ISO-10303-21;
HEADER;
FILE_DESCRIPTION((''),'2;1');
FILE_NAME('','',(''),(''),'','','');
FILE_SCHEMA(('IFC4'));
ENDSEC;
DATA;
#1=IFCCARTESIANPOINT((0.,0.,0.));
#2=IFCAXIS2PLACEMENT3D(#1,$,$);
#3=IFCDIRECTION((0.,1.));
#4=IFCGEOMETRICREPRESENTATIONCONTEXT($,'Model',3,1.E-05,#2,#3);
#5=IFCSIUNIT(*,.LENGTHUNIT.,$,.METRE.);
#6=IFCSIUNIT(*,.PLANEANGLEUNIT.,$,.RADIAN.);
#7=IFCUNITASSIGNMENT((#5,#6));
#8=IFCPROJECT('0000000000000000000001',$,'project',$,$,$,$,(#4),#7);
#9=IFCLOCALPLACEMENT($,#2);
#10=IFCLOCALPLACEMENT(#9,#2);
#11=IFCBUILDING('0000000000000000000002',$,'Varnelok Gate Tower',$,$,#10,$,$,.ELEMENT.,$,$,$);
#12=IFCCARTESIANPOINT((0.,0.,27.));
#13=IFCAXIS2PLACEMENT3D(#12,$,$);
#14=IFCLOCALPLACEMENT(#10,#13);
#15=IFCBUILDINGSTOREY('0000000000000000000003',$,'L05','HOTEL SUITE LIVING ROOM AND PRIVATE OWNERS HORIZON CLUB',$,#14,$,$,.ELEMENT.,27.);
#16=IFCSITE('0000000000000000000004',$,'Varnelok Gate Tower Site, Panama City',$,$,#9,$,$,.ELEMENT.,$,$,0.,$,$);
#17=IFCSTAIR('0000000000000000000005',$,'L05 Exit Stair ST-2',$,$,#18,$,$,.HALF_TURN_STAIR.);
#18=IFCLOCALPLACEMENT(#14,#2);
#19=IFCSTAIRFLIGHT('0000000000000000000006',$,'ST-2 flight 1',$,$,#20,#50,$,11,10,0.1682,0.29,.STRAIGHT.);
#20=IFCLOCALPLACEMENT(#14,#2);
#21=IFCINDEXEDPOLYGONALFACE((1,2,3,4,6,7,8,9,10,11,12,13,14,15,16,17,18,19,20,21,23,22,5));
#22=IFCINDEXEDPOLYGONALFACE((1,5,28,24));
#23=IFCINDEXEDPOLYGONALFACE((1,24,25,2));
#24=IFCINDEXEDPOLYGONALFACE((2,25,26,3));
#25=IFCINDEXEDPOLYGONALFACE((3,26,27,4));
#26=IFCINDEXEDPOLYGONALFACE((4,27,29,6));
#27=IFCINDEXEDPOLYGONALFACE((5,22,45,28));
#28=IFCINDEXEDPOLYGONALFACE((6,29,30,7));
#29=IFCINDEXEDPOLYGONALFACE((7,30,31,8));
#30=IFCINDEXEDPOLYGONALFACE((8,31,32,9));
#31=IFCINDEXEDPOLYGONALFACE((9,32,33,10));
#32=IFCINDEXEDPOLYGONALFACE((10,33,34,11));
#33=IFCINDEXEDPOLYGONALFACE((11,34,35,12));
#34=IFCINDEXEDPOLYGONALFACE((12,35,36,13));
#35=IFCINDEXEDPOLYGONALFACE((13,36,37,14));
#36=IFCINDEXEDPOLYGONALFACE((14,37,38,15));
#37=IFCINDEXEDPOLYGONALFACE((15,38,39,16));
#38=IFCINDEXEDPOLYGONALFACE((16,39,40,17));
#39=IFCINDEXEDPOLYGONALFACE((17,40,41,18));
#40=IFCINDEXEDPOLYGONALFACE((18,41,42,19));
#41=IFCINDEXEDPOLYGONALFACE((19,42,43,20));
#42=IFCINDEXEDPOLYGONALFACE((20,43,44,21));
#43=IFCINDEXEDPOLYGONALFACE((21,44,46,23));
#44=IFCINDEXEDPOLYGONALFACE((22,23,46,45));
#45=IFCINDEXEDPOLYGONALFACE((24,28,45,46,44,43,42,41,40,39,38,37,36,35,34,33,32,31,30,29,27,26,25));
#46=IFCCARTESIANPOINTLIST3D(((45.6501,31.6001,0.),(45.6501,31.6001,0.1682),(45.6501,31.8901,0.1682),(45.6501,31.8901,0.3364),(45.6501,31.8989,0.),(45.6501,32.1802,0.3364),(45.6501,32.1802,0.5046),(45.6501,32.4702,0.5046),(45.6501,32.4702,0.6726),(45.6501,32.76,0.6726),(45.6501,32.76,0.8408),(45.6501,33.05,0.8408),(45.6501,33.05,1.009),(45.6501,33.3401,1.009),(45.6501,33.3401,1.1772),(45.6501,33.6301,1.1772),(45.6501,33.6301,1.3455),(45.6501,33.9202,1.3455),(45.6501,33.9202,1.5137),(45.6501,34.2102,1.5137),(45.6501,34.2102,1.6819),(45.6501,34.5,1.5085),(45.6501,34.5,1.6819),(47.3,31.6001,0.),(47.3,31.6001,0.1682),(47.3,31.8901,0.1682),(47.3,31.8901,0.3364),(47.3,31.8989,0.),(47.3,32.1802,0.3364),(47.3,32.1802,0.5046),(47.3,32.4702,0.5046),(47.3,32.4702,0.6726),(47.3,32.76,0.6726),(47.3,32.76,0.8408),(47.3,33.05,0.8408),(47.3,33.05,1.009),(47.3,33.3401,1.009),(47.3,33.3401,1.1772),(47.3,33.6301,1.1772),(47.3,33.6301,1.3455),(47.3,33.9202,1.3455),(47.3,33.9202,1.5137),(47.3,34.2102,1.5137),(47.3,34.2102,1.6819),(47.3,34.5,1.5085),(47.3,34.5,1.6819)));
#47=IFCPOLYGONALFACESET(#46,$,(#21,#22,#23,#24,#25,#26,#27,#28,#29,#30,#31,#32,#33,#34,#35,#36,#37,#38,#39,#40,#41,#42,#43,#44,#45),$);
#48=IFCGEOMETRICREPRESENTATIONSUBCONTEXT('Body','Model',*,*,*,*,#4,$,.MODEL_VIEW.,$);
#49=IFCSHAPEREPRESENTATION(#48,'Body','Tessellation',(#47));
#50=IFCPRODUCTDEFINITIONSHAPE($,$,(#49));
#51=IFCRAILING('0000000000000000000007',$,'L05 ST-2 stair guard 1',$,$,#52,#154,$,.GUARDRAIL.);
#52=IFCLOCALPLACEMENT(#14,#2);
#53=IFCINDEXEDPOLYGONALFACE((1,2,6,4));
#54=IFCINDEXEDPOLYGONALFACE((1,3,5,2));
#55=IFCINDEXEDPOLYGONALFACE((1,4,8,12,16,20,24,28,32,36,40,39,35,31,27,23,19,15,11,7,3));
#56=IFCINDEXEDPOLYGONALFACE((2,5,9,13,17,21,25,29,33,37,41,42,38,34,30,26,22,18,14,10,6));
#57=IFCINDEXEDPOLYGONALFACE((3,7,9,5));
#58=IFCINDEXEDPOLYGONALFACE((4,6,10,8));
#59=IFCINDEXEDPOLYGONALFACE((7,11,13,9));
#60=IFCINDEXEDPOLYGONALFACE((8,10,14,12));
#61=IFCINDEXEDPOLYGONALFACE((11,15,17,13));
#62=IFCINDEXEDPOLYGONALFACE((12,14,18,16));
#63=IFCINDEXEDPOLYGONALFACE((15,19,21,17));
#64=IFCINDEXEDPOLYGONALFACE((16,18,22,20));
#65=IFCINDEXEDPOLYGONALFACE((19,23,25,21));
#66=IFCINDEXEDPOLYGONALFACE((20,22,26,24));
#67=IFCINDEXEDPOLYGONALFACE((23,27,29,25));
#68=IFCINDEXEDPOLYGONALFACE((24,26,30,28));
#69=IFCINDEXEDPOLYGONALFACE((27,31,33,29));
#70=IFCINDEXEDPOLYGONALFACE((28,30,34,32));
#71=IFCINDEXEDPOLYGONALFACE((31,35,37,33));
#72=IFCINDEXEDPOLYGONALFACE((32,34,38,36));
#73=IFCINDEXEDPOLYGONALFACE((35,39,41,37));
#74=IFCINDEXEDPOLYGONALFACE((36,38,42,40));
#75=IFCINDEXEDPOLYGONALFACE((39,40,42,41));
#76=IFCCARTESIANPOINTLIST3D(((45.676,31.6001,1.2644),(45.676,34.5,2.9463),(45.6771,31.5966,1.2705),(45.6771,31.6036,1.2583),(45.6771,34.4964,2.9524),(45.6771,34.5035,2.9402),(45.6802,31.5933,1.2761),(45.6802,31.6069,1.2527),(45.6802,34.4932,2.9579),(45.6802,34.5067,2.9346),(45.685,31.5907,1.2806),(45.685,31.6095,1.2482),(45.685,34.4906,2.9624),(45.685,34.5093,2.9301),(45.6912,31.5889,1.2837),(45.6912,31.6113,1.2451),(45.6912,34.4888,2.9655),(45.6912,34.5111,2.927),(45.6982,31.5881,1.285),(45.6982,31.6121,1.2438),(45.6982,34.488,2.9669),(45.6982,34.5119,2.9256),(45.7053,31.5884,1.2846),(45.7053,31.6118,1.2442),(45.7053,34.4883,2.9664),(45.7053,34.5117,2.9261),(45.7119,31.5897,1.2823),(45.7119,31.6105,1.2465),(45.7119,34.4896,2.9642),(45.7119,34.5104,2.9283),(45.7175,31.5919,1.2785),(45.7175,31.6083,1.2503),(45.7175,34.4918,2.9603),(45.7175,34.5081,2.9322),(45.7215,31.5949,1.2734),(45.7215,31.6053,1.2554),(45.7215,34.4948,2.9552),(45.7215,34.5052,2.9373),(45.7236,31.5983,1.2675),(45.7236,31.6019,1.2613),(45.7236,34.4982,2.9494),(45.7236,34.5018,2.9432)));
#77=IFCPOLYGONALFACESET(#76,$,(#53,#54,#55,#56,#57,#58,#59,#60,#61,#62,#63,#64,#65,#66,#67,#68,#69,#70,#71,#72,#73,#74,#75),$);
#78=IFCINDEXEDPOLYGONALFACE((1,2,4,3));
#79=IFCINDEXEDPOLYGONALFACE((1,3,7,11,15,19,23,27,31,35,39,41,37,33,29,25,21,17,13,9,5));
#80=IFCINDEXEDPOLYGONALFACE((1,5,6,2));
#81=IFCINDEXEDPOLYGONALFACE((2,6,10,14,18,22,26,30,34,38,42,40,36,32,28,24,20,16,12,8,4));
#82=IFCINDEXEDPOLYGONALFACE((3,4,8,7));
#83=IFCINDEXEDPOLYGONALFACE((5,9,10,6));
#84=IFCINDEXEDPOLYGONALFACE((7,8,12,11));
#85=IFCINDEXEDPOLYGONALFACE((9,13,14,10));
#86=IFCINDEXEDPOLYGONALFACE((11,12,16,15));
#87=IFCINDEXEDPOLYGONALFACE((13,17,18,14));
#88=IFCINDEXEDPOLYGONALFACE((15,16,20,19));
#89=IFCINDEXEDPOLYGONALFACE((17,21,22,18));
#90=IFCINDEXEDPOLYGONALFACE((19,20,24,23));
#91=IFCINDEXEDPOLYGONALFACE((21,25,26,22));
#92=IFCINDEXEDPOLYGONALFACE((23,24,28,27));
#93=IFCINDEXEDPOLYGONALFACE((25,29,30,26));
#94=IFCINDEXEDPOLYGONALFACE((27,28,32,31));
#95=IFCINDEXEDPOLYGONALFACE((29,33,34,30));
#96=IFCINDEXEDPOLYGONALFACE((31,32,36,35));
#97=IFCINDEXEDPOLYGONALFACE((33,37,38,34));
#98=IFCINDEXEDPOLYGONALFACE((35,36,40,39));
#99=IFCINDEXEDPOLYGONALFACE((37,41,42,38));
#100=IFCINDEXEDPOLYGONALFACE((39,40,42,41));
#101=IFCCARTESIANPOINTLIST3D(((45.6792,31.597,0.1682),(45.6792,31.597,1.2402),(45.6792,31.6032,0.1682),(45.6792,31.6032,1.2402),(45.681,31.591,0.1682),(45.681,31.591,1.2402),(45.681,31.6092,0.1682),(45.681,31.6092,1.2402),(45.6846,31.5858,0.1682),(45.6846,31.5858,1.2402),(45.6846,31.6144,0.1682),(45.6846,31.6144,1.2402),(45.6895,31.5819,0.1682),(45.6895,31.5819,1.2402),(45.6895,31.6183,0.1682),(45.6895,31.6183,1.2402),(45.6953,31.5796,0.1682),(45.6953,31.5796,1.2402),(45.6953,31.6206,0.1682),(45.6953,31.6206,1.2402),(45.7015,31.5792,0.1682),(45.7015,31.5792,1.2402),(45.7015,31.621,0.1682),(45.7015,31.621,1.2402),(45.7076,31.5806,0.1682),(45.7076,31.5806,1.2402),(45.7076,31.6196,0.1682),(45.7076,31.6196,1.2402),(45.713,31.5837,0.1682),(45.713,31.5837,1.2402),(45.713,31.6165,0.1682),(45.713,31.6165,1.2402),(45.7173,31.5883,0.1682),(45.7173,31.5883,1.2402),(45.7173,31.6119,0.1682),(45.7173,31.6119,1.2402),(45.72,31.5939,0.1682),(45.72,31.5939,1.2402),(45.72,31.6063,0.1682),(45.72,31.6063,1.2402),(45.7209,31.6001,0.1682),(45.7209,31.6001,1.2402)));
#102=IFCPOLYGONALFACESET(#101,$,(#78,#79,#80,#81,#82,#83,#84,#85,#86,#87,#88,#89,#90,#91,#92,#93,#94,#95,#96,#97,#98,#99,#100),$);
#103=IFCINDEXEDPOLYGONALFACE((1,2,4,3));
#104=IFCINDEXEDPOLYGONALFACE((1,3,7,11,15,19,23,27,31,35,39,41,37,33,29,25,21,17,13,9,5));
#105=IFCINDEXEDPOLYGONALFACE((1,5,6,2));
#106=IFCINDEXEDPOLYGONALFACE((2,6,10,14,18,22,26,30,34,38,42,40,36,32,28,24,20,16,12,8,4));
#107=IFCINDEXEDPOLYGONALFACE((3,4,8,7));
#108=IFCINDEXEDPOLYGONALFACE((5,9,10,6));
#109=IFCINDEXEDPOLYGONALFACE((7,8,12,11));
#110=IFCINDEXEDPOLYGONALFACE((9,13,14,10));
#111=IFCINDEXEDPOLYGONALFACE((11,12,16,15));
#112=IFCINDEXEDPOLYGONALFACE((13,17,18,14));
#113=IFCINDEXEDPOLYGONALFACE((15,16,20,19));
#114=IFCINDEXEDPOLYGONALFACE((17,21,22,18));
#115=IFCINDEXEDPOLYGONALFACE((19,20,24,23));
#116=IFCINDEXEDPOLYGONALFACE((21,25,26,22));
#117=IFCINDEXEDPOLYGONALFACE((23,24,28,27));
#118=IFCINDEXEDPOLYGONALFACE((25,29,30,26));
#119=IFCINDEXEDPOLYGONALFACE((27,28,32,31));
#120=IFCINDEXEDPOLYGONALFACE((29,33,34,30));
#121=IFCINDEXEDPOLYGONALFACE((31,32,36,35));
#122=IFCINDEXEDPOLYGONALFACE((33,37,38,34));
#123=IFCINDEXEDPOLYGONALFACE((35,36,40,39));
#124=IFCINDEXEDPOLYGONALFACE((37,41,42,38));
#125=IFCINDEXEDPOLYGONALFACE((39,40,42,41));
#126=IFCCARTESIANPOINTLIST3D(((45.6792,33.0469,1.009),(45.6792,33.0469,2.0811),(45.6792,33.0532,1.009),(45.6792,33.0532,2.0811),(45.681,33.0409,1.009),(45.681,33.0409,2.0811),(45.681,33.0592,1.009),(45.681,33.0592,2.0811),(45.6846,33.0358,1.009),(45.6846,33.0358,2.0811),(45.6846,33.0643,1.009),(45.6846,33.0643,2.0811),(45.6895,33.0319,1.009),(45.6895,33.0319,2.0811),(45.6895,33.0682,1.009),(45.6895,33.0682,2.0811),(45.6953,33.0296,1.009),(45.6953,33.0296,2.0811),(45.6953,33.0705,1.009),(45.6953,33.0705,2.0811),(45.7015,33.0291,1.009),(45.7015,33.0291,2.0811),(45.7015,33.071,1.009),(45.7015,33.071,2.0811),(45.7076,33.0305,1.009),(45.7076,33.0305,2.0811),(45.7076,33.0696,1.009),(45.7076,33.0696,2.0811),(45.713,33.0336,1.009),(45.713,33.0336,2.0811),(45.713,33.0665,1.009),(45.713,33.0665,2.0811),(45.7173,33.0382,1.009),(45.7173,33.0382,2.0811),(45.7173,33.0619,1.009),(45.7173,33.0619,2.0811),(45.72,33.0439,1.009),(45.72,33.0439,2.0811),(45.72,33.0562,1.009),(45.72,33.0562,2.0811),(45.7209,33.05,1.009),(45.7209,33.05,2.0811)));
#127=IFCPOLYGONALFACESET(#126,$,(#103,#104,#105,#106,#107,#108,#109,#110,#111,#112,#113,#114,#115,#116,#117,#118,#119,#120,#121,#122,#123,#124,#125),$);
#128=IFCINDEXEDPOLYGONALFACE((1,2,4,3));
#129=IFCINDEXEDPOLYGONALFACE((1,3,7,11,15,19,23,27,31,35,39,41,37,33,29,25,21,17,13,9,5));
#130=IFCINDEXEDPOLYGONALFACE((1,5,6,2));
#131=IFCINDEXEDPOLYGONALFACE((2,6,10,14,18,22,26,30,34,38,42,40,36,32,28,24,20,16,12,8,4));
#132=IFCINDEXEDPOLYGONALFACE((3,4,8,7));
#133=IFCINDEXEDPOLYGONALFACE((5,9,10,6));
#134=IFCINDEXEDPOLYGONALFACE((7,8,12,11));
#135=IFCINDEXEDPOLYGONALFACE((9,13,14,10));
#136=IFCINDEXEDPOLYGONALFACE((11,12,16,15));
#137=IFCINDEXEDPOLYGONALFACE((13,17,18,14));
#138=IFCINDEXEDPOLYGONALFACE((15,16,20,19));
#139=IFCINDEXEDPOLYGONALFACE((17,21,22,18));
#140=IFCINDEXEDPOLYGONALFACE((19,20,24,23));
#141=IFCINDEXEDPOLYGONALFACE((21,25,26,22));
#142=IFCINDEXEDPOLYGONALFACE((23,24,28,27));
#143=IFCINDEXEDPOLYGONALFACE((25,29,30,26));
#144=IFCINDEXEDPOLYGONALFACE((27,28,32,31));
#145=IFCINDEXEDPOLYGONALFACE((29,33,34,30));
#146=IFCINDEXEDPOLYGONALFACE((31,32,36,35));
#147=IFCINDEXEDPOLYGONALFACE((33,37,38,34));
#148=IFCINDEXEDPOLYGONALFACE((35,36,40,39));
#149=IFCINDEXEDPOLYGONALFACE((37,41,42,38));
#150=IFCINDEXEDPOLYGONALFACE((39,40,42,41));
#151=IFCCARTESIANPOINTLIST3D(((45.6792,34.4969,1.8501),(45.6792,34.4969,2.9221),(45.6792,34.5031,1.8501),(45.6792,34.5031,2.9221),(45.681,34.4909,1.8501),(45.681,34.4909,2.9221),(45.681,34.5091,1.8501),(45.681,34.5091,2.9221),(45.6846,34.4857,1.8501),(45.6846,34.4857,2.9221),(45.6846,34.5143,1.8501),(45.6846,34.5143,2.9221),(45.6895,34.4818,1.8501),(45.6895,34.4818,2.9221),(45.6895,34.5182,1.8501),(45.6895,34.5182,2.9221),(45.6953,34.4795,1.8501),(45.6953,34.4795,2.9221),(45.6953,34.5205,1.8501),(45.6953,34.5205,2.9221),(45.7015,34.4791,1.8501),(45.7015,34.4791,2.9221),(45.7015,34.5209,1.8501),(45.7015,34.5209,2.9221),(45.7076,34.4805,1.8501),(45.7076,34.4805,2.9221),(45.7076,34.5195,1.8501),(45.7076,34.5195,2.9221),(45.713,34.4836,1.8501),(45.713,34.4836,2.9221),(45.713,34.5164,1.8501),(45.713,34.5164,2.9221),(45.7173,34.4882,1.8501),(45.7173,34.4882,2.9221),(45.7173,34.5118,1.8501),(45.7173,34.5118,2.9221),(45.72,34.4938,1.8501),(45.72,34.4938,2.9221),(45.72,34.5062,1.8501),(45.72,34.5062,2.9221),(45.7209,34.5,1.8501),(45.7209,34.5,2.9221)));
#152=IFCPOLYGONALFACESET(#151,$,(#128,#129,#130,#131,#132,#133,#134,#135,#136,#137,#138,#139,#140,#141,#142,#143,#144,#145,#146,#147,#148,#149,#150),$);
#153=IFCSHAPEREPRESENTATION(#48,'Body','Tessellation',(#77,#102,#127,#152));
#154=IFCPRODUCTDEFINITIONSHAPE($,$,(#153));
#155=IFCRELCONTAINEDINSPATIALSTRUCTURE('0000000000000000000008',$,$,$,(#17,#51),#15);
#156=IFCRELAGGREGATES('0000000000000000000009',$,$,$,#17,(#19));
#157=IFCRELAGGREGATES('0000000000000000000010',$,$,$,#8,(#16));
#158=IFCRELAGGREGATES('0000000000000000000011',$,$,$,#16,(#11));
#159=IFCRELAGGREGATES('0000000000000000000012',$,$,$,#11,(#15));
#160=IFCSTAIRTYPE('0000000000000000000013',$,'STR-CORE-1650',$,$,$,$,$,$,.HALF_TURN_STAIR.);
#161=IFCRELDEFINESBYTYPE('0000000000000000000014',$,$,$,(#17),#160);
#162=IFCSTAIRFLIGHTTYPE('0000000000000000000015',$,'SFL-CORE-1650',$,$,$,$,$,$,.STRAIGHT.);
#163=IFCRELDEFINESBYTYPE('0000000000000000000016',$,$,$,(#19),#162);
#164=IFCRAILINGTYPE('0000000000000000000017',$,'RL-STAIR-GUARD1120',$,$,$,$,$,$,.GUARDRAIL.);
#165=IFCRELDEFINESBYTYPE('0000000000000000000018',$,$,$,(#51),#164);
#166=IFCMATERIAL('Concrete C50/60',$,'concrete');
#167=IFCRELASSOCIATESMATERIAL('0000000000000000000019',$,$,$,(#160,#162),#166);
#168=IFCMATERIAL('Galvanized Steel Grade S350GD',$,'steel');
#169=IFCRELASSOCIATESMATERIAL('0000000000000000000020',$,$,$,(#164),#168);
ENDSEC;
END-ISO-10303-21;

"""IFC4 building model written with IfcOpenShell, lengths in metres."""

from ifc_helpers import new_model, si_unit, direction, frame, origin, origin_2d, place, context, subcontext, project, spatial, polyline, circle, outline, extrude, material, type_object, element, aggregate, save


model = new_model("IFC4")

# Units and contexts
model_context = context("Model", 3, precision=1e-05, world=origin(), true_north=direction((0.0, 1.0)))
body_context = subcontext(model_context, "Body", "Model", "MODEL_VIEW")
ifc_project = project(units=[si_unit("LENGTHUNIT", "METRE"), si_unit("PLANEANGLEUNIT", "RADIAN")], contexts=[model_context])

# Site, building, storey
site_placement = place(None, origin())
site = spatial("IfcSite", under=ifc_project, at=site_placement, Name="Varnelok Gate Tower Site, Panama City", CompositionType="ELEMENT", RefElevation=0.0)
building_placement = place(site_placement, origin())
building = spatial("IfcBuilding", under=site, at=building_placement, Name="Varnelok Gate Tower", CompositionType="ELEMENT")
storey_placement = place(building_placement, frame((0.0, 0.0, 27.0)))
storey = spatial("IfcBuildingStorey", under=building, at=storey_placement, Name="L05", Description="HOTEL SUITE LIVING ROOM AND PRIVATE OWNERS HORIZON CLUB", CompositionType="ELEMENT", Elevation=27.0)

# Shared definitions
ifc_material_1 = material(Name="Galvanized Steel Grade S350GD", Category="steel")

# Stair, stair flight
ifc_material_2 = material(Name="Concrete C50/60", Category="concrete")
stair_type = type_object("IfcStairType", Name="STR-CORE-1650", PredefinedType="HALF_TURN_STAIR", material=ifc_material_2)
stair_placement = place(storey_placement, origin())
stair = element("IfcStair", 1, at=stair_placement, inside=storey, type_object=stair_type, Name="L05 Exit Stair ST-2", PredefinedType="HALF_TURN_STAIR")
stair_flight_type = type_object("IfcStairFlightType", Name="SFL-CORE-1650", PredefinedType="STRAIGHT", material=ifc_material_2)
stair_flight_placement = place(storey_placement, frame((46.4751, 31.6001, 0.0), z_axis=(0.0, 0.0, 1.0), x_axis=(0.0, 1.0, 0.0)))
stair_flight = element("IfcStairFlight", 2, at=stair_flight_placement, type_object=stair_flight_type, Name="ST-2 flight 1", NumberOfRisers=11, NumberOfTreads=10, PredefinedType="STRAIGHT", RiserHeight=0.1682, TreadLength=0.29, context=body_context, shape_type="SweptSolid", body=[
    extrude(outline(polyline([(0.0, 0.0), (0.0, 0.1682), (0.29, 0.1682), (0.29, 0.3364), (0.5801, 0.3364), (0.5801, 0.5046), (0.8701, 0.5046), (0.8701, 0.6726), (1.1599, 0.6726), (1.1599, 0.8408), (1.45, 0.8408), (1.45, 1.009), (1.74, 1.009), (1.74, 1.1772), (2.03, 1.1772), (2.03, 1.3455), (2.3201, 1.3455), (2.3201, 1.5137), (2.6101, 1.5137), (2.6101, 1.6819), (2.8999, 1.6819), (2.8999, 1.8501), (2.8999, 1.5085), (0.2988, 0.0), (0.0, 0.0)])), frame((0.0, 0.825, 0.0), z_axis=(0.0, -1.0, 0.0), x_axis=(1.0, 0.0, 0.0)), (0.0, 0.0, 1.0), 1.6499),
])
aggregate(stair, [stair_flight])

# Railing
railing_type_1 = type_object("IfcRailingType", Name="RL-STAIR-GUARD1120", PredefinedType="GUARDRAIL", material=ifc_material_1)
railing_1_placement = place(storey_placement, frame((45.7, 31.6001, 0.1682)))
element("IfcRailing", 3, at=railing_1_placement, inside=storey, type_object=railing_type_1, Name="L05 ST-2 stair guard 1", PredefinedType="GUARDRAIL", context=body_context, shape_type="SweptSolid", body=[
    extrude(circle(Radius=0.0239, at=origin_2d()), frame((0.0, 0.0, 1.0962), z_axis=(0.0, 0.865039, 0.501705), x_axis=(-1.0, 0.0, 0.0)), (0.0, 0.0, 1.0), 3.3523),
    extrude(circle(Radius=0.021, at=origin_2d()), origin(), (0.0, 0.0, 1.0), 1.072),
    extrude(circle(Radius=0.021, at=origin_2d()), frame((0.0, 1.45, 0.8408)), (0.0, 0.0, 1.0), 1.072),
    extrude(circle(Radius=0.021, at=origin_2d()), frame((0.0, 2.8999, 1.6819)), (0.0, 0.0, 1.0), 1.072),
])

save(model, "model.ifc")
